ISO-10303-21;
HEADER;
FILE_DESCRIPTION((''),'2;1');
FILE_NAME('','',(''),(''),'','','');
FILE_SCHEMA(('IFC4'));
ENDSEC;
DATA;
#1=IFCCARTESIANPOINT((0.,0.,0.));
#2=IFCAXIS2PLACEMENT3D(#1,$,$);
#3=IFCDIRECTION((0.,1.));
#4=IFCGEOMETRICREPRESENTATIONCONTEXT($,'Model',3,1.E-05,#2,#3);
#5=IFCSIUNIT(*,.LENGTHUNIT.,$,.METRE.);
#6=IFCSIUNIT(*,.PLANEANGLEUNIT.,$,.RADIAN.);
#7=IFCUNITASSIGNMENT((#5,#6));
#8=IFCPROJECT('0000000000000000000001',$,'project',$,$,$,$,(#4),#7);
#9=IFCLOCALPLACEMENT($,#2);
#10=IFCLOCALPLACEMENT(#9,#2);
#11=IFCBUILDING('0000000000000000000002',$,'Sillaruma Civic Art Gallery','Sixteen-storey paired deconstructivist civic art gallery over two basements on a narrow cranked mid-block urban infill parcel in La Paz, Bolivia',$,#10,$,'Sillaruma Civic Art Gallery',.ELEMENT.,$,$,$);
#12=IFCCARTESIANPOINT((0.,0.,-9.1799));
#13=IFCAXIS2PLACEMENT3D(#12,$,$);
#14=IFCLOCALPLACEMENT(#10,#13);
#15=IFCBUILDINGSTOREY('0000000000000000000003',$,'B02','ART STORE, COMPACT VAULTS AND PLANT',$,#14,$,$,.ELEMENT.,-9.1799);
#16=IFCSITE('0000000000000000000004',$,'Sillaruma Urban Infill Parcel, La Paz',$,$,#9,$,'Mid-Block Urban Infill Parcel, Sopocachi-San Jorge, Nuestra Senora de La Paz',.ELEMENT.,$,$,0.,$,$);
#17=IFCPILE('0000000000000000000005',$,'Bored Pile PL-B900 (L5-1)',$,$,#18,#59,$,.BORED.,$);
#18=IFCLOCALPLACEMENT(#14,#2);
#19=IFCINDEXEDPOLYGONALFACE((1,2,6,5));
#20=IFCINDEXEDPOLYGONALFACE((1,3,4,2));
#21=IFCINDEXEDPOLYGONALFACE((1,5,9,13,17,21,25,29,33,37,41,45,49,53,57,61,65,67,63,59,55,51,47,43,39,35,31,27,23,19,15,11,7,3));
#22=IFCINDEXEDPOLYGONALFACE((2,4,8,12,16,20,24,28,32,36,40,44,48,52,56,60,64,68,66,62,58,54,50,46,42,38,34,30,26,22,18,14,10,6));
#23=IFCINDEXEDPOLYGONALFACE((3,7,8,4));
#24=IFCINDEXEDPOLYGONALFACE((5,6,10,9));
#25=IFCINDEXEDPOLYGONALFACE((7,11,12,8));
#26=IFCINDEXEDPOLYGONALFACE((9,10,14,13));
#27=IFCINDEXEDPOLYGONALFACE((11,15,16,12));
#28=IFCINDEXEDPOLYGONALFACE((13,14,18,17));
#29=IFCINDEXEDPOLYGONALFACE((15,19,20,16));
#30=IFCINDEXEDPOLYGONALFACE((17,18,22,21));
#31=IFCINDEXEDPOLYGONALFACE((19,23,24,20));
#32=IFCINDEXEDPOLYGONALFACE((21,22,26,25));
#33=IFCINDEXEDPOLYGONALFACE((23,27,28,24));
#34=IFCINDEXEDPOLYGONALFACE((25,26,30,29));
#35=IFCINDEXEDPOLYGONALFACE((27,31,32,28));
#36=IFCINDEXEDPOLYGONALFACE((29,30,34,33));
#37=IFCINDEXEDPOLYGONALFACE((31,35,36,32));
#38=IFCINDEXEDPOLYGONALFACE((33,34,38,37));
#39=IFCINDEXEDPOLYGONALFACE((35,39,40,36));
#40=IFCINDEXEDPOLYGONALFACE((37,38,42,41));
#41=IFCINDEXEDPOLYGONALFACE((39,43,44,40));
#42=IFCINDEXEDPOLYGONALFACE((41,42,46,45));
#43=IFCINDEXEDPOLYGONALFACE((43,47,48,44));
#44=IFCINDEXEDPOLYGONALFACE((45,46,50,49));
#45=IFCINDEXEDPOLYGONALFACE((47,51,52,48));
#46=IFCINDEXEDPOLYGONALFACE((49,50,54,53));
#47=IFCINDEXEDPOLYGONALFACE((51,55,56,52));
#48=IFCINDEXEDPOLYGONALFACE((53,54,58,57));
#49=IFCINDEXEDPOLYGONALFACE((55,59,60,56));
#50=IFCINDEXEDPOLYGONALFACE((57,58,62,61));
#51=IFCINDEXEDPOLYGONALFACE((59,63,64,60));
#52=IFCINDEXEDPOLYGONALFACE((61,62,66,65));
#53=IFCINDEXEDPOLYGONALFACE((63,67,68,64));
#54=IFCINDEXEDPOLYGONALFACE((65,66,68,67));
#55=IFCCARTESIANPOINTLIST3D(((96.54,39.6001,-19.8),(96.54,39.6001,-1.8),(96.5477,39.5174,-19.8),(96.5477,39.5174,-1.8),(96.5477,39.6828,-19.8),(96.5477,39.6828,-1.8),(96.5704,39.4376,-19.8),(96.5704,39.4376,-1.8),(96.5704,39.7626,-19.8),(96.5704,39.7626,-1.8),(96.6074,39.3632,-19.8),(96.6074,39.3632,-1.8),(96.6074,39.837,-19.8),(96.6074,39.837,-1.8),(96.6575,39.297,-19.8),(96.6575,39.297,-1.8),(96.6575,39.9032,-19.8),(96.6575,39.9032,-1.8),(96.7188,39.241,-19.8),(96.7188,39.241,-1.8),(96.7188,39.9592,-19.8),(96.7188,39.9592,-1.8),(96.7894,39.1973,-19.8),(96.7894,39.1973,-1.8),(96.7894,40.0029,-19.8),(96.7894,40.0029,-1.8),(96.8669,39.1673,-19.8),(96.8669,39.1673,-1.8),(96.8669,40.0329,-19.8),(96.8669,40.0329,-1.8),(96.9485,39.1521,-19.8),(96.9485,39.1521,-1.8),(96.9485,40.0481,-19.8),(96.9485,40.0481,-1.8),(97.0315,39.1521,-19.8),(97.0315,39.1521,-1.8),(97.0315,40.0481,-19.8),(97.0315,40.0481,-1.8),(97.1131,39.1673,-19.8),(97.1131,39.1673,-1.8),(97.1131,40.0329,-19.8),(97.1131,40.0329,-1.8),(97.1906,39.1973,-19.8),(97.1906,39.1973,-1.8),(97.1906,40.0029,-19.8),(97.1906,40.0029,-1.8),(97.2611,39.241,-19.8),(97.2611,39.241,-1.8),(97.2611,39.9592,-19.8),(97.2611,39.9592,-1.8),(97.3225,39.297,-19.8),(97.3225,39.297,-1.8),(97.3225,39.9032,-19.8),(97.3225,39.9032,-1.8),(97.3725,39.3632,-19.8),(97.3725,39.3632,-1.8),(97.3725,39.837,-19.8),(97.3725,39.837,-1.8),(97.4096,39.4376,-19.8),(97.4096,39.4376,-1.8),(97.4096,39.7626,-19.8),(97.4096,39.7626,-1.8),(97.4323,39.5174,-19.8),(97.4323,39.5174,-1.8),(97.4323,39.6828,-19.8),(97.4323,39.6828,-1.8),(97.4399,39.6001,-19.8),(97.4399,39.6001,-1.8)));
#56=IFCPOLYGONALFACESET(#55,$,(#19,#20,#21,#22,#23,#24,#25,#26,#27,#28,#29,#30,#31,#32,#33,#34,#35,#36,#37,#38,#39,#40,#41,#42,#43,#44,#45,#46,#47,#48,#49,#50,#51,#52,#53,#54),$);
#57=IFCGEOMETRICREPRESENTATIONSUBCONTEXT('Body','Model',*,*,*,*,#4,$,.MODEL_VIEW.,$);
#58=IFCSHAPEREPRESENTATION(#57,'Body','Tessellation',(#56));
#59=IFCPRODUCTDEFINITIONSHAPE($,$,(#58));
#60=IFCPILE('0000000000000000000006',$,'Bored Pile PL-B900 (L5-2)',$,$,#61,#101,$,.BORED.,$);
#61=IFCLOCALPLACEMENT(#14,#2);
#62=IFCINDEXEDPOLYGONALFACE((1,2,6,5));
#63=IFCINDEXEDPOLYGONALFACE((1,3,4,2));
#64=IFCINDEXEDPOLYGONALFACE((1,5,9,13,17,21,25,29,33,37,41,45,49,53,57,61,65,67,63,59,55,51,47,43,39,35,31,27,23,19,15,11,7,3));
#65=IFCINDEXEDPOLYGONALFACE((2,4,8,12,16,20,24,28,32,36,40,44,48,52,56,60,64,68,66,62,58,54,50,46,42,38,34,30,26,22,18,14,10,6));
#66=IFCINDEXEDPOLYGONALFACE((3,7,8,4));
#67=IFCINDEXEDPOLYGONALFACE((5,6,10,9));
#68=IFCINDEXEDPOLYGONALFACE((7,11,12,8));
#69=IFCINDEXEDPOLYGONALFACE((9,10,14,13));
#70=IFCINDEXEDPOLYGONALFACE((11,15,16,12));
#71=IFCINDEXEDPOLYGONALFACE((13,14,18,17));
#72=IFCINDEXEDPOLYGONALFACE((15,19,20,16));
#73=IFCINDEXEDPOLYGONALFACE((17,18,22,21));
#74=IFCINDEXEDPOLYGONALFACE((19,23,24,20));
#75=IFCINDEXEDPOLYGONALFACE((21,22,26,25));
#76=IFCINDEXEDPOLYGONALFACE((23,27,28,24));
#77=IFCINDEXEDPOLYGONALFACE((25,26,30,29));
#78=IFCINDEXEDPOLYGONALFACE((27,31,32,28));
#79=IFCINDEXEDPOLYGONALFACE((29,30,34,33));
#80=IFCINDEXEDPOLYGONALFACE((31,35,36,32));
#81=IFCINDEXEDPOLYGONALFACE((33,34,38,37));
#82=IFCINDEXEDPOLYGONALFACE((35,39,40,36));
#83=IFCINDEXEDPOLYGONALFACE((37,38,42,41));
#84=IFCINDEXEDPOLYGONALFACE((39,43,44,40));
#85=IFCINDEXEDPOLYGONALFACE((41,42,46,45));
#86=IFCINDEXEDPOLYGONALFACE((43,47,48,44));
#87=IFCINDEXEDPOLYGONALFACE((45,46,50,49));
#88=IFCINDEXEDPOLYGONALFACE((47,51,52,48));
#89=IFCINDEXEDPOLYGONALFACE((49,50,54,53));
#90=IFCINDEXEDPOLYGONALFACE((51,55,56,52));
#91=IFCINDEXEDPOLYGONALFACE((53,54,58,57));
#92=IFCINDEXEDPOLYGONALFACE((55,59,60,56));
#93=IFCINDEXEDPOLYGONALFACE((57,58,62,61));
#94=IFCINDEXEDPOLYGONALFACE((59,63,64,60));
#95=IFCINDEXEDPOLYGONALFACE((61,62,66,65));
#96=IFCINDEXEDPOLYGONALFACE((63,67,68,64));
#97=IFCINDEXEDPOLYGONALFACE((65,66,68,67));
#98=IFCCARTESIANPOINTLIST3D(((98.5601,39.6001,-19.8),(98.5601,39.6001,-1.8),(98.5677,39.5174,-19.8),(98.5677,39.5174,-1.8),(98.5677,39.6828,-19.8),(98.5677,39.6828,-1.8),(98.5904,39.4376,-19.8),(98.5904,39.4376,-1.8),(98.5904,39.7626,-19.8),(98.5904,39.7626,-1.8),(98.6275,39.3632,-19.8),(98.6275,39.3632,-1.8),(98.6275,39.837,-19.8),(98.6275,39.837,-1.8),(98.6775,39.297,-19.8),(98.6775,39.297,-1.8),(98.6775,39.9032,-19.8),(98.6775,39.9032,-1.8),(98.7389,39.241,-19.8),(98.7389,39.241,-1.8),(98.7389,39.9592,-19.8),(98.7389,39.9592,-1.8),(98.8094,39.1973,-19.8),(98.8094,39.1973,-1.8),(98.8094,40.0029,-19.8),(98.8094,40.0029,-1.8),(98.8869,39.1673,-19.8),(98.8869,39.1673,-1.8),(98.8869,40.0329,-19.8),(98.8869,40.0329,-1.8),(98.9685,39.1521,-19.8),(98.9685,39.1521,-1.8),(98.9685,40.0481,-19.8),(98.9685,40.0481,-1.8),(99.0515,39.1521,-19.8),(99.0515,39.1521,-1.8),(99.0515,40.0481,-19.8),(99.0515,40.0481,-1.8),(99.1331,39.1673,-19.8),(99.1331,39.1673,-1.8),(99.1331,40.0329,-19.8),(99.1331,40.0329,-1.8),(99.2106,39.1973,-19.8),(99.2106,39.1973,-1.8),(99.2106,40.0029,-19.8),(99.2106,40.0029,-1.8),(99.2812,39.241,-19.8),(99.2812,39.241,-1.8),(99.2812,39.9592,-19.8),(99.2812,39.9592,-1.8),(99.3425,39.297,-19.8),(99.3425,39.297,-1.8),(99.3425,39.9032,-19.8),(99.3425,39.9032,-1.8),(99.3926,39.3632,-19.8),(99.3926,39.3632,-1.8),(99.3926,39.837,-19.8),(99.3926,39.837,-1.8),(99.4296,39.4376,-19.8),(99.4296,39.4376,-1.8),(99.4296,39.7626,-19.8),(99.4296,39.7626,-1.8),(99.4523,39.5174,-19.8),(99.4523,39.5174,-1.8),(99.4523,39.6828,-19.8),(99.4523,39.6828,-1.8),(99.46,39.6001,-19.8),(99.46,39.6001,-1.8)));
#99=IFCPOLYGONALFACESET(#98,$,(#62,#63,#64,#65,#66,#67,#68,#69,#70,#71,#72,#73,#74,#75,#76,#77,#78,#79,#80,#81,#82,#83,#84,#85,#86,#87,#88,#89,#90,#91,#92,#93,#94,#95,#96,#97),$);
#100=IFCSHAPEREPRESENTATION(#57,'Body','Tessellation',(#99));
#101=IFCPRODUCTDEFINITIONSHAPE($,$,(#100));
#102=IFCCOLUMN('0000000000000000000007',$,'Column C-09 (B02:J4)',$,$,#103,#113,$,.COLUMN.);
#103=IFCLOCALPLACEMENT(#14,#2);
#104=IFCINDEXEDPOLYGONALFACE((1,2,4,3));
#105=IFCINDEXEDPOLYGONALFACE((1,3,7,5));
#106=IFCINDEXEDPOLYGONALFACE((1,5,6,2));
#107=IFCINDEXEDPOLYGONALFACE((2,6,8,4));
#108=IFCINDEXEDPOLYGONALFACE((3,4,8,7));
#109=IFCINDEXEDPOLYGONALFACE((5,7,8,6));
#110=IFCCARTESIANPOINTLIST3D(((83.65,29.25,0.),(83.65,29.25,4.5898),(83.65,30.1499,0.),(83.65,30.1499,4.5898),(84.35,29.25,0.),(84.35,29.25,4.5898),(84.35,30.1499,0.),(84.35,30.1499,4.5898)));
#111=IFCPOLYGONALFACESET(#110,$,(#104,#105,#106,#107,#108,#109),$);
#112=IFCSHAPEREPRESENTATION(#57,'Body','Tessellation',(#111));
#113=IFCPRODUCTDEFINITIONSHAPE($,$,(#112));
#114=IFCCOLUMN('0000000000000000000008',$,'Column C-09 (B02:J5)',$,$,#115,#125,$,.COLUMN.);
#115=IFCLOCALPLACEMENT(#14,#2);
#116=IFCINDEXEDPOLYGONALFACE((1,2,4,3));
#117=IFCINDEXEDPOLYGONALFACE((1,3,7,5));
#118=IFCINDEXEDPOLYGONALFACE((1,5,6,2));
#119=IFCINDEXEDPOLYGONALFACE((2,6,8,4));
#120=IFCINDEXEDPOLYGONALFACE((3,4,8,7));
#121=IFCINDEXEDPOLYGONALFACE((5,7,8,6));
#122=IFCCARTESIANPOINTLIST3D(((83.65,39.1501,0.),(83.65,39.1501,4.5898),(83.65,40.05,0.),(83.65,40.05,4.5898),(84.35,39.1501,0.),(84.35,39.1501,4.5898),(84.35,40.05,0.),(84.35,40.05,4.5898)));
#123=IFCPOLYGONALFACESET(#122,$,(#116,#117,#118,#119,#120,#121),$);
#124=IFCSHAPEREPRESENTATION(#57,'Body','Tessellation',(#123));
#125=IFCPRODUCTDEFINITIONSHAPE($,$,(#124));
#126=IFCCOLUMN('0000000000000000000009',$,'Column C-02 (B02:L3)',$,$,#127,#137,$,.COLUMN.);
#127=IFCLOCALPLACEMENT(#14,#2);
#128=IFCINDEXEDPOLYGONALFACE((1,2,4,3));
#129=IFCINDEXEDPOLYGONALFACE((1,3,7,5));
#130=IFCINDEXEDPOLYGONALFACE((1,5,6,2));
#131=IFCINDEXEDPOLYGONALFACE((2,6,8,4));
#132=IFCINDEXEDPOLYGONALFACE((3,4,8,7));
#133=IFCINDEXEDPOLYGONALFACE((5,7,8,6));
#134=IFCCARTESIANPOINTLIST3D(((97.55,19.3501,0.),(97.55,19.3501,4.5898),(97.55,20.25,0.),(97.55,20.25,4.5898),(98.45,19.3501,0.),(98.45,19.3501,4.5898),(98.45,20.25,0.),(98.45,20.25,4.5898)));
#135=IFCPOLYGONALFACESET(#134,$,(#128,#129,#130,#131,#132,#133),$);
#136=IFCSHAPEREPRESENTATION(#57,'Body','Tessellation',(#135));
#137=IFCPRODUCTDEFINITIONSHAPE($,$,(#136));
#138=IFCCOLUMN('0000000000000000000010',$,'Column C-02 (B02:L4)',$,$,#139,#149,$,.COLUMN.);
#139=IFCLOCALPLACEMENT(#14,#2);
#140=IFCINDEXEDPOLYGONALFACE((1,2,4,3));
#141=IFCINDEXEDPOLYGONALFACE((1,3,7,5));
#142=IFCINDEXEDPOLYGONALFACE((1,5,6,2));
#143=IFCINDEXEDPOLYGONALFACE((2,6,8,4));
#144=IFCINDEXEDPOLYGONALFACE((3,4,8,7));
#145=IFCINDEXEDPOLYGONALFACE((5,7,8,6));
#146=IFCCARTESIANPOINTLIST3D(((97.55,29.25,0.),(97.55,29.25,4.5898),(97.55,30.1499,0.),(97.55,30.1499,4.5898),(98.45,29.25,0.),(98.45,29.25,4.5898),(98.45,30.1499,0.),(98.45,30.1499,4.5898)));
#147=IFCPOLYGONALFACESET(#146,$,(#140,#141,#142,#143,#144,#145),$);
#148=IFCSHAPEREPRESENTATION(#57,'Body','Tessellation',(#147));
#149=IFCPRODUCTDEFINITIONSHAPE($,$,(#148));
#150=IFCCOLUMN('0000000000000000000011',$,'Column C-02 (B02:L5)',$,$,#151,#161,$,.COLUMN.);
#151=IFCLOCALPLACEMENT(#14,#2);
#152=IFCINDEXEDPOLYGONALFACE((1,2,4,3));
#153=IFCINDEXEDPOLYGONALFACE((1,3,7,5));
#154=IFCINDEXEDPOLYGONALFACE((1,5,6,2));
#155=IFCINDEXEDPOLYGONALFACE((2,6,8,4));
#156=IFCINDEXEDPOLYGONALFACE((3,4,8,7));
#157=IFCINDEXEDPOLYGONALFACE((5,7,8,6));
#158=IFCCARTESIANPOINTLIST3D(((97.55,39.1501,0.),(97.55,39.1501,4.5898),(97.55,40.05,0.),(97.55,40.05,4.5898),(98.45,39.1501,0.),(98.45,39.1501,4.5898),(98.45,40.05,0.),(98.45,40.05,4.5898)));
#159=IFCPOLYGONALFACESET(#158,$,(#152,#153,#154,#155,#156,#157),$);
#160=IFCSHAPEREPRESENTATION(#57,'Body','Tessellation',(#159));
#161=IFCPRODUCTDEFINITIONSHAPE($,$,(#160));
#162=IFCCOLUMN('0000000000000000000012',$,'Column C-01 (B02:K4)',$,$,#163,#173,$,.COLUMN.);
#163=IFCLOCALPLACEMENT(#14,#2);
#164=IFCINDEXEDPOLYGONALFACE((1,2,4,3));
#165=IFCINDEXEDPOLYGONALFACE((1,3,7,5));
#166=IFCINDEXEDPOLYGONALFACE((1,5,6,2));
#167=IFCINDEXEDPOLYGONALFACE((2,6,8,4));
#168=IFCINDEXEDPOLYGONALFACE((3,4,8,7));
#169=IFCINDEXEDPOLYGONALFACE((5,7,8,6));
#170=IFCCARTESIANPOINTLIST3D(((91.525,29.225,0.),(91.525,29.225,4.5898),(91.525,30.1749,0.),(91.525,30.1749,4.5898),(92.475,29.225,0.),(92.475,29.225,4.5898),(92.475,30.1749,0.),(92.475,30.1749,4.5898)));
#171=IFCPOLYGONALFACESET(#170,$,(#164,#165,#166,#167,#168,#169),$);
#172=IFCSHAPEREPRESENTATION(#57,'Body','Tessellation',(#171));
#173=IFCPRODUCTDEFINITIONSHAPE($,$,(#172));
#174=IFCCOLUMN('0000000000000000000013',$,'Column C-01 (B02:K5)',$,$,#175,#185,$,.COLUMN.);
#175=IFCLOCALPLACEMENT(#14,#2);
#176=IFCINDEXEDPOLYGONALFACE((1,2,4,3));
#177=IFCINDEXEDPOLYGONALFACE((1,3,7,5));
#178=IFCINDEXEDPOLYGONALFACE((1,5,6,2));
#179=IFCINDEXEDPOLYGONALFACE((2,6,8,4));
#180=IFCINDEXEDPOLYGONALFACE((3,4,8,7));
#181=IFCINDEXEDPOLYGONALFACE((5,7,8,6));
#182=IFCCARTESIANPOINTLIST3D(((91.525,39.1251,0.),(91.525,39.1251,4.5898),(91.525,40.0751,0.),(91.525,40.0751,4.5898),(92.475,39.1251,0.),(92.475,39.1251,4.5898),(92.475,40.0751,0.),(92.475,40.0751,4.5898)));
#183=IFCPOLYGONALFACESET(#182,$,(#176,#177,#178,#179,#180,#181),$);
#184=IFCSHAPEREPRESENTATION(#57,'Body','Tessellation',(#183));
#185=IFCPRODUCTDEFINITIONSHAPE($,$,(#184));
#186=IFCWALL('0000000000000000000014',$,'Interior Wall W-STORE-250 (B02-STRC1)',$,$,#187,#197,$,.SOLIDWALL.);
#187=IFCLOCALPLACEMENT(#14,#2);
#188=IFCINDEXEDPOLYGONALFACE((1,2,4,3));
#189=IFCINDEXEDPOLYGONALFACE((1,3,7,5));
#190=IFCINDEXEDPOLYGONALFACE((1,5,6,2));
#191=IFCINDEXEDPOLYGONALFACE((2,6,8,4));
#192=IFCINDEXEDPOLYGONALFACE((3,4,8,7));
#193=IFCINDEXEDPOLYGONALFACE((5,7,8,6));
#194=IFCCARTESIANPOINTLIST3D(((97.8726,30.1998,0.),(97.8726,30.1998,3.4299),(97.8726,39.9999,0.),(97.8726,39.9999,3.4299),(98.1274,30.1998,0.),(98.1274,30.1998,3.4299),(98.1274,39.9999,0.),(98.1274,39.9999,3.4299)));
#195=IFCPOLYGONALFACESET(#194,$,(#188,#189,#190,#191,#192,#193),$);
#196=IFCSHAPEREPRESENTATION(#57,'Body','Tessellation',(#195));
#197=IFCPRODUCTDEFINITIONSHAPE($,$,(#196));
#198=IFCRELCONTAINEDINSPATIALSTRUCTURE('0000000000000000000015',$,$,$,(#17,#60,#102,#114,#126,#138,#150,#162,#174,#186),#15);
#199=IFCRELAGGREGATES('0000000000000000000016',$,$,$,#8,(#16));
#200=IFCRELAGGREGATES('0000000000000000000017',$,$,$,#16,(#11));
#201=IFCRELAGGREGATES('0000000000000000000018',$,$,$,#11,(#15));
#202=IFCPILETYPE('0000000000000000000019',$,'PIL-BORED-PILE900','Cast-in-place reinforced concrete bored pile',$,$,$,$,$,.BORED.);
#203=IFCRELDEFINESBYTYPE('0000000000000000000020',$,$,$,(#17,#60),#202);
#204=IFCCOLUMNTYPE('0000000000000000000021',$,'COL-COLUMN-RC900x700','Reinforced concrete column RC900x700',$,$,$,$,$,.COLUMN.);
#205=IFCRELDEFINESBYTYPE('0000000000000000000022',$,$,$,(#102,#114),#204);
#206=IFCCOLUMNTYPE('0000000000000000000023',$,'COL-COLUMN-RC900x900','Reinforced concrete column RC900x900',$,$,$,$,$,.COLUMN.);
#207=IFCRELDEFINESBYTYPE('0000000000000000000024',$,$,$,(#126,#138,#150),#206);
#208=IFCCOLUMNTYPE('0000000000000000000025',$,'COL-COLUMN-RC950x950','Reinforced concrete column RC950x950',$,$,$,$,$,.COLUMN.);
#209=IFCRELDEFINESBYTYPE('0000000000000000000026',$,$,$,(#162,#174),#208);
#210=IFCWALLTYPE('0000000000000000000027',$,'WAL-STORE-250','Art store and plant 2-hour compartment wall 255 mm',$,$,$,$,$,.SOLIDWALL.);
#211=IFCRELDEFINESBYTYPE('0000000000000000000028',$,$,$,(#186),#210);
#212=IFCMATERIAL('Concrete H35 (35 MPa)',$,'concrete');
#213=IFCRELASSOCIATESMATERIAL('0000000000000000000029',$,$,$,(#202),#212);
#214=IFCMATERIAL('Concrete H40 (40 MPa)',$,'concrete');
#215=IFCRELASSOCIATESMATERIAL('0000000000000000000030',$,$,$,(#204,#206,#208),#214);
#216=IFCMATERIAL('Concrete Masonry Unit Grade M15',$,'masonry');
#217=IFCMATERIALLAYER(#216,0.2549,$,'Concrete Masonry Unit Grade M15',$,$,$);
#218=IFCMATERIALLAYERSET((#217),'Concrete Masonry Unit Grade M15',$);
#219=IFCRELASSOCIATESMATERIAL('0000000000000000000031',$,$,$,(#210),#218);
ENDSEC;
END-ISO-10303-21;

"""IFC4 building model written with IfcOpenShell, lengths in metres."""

from ifc_helpers import new_model, si_unit, direction, frame, frame_2d, origin, origin_2d, place, context, subcontext, project, spatial, rectangle, circle, extrude, material, layer, layer_set, material_profile, profile_set, type_object, element, save


model = new_model("IFC4")

# Units and contexts
model_context = context("Model", 3, precision=1e-05, world=origin(), true_north=direction((0.0, 1.0)))
body_context = subcontext(model_context, "Body", "Model", "MODEL_VIEW")
ifc_project = project(units=[si_unit("LENGTHUNIT", "METRE"), si_unit("PLANEANGLEUNIT", "RADIAN")], contexts=[model_context])

# Site, building, storey
site_placement = place(None, origin())
site = spatial("IfcSite", under=ifc_project, at=site_placement, Name="Sillaruma Urban Infill Parcel, La Paz", LongName="Mid-Block Urban Infill Parcel, Sopocachi-San Jorge, Nuestra Senora de La Paz", CompositionType="ELEMENT", RefElevation=0.0)
building_placement = place(site_placement, origin())
building = spatial("IfcBuilding", under=site, at=building_placement, Name="Sillaruma Civic Art Gallery", Description="Sixteen-storey paired deconstructivist civic art gallery over two basements on a narrow cranked mid-block urban infill parcel in La Paz, Bolivia", LongName="Sillaruma Civic Art Gallery", CompositionType="ELEMENT")
storey_placement = place(building_placement, frame((0.0, 0.0, -9.1799)))
storey = spatial("IfcBuildingStorey", under=building, at=storey_placement, Name="B02", Description="ART STORE, COMPACT VAULTS AND PLANT", CompositionType="ELEMENT", Elevation=-9.1799)

# Shared definitions
ifc_material_1 = material(Name="Concrete H35 (35 MPa)", Category="concrete")

# Piles
ifc_material_profile_1 = material_profile(ifc_material_1, circle(Radius=0.45, at=origin_2d()), Name="PILE900")
ifc_profile_set_1 = profile_set([ifc_material_profile_1], Name="Concrete H35 (35 MPa)")
pile_type_1 = type_object("IfcPileType", Name="PIL-BORED-PILE900", Description="Cast-in-place reinforced concrete bored pile", PredefinedType="BORED", material=ifc_profile_set_1)
for number, where, z_axis, x_axis, name in (
    (1, (96.99, 39.6001, -1.8), (0.0, 0.0, -1.0), (1.0, 0.0, 0.0), "Bored Pile PL-B900 (L5-1)"),
    (2, (99.01, 39.6001, -1.8), (0.0, 0.0, -1.0), (1.0, 0.0, 0.0), "Bored Pile PL-B900 (L5-2)"),
):
    element("IfcPile", number, at=place(storey_placement, frame(where, z_axis=z_axis, x_axis=x_axis)), inside=storey, type_object=pile_type_1, Name=name, PredefinedType="BORED", context=body_context, shape_type="SweptSolid", body=[
        extrude(circle(Radius=0.45, at=origin_2d()), origin(), (0.0, 0.0, 1.0), 18.0),
    ])

# Columns
ifc_material_2 = material(Name="Concrete H40 (40 MPa)", Category="concrete")
ifc_material_profile_2 = material_profile(ifc_material_2, rectangle(XDim=0.7, YDim=0.8999, at=origin_2d()), Name="RC900x700")
ifc_profile_set_2 = profile_set([ifc_material_profile_2], Name="Concrete H40 (40 MPa)")
column_type_1 = type_object("IfcColumnType", Name="COL-COLUMN-RC900x700", Description="Reinforced concrete column RC900x700", PredefinedType="COLUMN", material=ifc_profile_set_2)
for number, where, z_axis, x_axis, name in (
    (3, (84.0, 29.7, 0.0), (0.0, 0.0, 1.0), (1.0, 0.0, 0.0), "Column C-09 (B02:J4)"),
    (4, (84.0, 39.6001, 0.0), (0.0, 0.0, 1.0), (1.0, 0.0, 0.0), "Column C-09 (B02:J5)"),
):
    element("IfcColumn", number, at=place(storey_placement, frame(where, z_axis=z_axis, x_axis=x_axis)), inside=storey, type_object=column_type_1, Name=name, PredefinedType="COLUMN", context=body_context, shape_type="SweptSolid", body=[
        extrude(rectangle(XDim=0.7, YDim=0.8999, at=origin_2d()), origin(), (0.0, 0.0, 1.0), 4.5898),
    ])
ifc_material_profile_3 = material_profile(ifc_material_2, rectangle(XDim=0.8999, YDim=0.8999, at=origin_2d()), Name="RC900x900")
ifc_profile_set_3 = profile_set([ifc_material_profile_3], Name="Concrete H40 (40 MPa)")
column_type_2 = type_object("IfcColumnType", Name="COL-COLUMN-RC900x900", Description="Reinforced concrete column RC900x900", PredefinedType="COLUMN", material=ifc_profile_set_3)
for number, where, z_axis, x_axis, name in (
    (5, (98.0, 19.8, 0.0), (0.0, 0.0, 1.0), (1.0, 0.0, 0.0), "Column C-02 (B02:L3)"),
    (6, (98.0, 29.7, 0.0), (0.0, 0.0, 1.0), (1.0, 0.0, 0.0), "Column C-02 (B02:L4)"),
    (7, (98.0, 39.6001, 0.0), (0.0, 0.0, 1.0), (1.0, 0.0, 0.0), "Column C-02 (B02:L5)"),
):
    element("IfcColumn", number, at=place(storey_placement, frame(where, z_axis=z_axis, x_axis=x_axis)), inside=storey, type_object=column_type_2, Name=name, PredefinedType="COLUMN", context=body_context, shape_type="SweptSolid", body=[
        extrude(rectangle(XDim=0.8999, YDim=0.8999, at=origin_2d()), origin(), (0.0, 0.0, 1.0), 4.5898),
    ])
ifc_material_profile_4 = material_profile(ifc_material_2, rectangle(XDim=0.95, YDim=0.95, at=origin_2d()), Name="RC950x950")
ifc_profile_set_4 = profile_set([ifc_material_profile_4], Name="Concrete H40 (40 MPa)")
column_type_3 = type_object("IfcColumnType", Name="COL-COLUMN-RC950x950", Description="Reinforced concrete column RC950x950", PredefinedType="COLUMN", material=ifc_profile_set_4)
for number, where, z_axis, x_axis, name in (
    (8, (92.0, 29.7, 0.0), (0.0, 0.0, 1.0), (1.0, 0.0, 0.0), "Column C-01 (B02:K4)"),
    (9, (92.0, 39.6001, 0.0), (0.0, 0.0, 1.0), (1.0, 0.0, 0.0), "Column C-01 (B02:K5)"),
):
    element("IfcColumn", number, at=place(storey_placement, frame(where, z_axis=z_axis, x_axis=x_axis)), inside=storey, type_object=column_type_3, Name=name, PredefinedType="COLUMN", context=body_context, shape_type="SweptSolid", body=[
        extrude(rectangle(XDim=0.95, YDim=0.95, at=origin_2d()), origin(), (0.0, 0.0, 1.0), 4.5898),
    ])

# Wall
ifc_material_3 = material(Name="Concrete Masonry Unit Grade M15", Category="masonry")
ifc_layer_1 = layer(ifc_material_3, 0.2549, Name="Concrete Masonry Unit Grade M15")
ifc_layer_set_1 = layer_set([ifc_layer_1], Name="Concrete Masonry Unit Grade M15")
wall_type = type_object("IfcWallType", Name="WAL-STORE-250", Description="Art store and plant 2-hour compartment wall 255 mm", PredefinedType="SOLIDWALL", material=ifc_layer_set_1)
wall_placement = place(storey_placement, frame((98.0, 30.2, 0.0), z_axis=(0.0, 0.0, 1.0), x_axis=(0.0, 1.0, 0.0)))
element("IfcWall", 10, at=wall_placement, inside=storey, type_object=wall_type, Name="Interior Wall W-STORE-250 (B02-STRC1)", PredefinedType="SOLIDWALL", context=body_context, shape_type="SweptSolid", body=[
    extrude(rectangle(XDim=9.8, YDim=0.2549, at=frame_2d((4.8999, 0.0))), origin(), (0.0, 0.0, 1.0), 3.4299),
])

save(model, "model.ifc")
